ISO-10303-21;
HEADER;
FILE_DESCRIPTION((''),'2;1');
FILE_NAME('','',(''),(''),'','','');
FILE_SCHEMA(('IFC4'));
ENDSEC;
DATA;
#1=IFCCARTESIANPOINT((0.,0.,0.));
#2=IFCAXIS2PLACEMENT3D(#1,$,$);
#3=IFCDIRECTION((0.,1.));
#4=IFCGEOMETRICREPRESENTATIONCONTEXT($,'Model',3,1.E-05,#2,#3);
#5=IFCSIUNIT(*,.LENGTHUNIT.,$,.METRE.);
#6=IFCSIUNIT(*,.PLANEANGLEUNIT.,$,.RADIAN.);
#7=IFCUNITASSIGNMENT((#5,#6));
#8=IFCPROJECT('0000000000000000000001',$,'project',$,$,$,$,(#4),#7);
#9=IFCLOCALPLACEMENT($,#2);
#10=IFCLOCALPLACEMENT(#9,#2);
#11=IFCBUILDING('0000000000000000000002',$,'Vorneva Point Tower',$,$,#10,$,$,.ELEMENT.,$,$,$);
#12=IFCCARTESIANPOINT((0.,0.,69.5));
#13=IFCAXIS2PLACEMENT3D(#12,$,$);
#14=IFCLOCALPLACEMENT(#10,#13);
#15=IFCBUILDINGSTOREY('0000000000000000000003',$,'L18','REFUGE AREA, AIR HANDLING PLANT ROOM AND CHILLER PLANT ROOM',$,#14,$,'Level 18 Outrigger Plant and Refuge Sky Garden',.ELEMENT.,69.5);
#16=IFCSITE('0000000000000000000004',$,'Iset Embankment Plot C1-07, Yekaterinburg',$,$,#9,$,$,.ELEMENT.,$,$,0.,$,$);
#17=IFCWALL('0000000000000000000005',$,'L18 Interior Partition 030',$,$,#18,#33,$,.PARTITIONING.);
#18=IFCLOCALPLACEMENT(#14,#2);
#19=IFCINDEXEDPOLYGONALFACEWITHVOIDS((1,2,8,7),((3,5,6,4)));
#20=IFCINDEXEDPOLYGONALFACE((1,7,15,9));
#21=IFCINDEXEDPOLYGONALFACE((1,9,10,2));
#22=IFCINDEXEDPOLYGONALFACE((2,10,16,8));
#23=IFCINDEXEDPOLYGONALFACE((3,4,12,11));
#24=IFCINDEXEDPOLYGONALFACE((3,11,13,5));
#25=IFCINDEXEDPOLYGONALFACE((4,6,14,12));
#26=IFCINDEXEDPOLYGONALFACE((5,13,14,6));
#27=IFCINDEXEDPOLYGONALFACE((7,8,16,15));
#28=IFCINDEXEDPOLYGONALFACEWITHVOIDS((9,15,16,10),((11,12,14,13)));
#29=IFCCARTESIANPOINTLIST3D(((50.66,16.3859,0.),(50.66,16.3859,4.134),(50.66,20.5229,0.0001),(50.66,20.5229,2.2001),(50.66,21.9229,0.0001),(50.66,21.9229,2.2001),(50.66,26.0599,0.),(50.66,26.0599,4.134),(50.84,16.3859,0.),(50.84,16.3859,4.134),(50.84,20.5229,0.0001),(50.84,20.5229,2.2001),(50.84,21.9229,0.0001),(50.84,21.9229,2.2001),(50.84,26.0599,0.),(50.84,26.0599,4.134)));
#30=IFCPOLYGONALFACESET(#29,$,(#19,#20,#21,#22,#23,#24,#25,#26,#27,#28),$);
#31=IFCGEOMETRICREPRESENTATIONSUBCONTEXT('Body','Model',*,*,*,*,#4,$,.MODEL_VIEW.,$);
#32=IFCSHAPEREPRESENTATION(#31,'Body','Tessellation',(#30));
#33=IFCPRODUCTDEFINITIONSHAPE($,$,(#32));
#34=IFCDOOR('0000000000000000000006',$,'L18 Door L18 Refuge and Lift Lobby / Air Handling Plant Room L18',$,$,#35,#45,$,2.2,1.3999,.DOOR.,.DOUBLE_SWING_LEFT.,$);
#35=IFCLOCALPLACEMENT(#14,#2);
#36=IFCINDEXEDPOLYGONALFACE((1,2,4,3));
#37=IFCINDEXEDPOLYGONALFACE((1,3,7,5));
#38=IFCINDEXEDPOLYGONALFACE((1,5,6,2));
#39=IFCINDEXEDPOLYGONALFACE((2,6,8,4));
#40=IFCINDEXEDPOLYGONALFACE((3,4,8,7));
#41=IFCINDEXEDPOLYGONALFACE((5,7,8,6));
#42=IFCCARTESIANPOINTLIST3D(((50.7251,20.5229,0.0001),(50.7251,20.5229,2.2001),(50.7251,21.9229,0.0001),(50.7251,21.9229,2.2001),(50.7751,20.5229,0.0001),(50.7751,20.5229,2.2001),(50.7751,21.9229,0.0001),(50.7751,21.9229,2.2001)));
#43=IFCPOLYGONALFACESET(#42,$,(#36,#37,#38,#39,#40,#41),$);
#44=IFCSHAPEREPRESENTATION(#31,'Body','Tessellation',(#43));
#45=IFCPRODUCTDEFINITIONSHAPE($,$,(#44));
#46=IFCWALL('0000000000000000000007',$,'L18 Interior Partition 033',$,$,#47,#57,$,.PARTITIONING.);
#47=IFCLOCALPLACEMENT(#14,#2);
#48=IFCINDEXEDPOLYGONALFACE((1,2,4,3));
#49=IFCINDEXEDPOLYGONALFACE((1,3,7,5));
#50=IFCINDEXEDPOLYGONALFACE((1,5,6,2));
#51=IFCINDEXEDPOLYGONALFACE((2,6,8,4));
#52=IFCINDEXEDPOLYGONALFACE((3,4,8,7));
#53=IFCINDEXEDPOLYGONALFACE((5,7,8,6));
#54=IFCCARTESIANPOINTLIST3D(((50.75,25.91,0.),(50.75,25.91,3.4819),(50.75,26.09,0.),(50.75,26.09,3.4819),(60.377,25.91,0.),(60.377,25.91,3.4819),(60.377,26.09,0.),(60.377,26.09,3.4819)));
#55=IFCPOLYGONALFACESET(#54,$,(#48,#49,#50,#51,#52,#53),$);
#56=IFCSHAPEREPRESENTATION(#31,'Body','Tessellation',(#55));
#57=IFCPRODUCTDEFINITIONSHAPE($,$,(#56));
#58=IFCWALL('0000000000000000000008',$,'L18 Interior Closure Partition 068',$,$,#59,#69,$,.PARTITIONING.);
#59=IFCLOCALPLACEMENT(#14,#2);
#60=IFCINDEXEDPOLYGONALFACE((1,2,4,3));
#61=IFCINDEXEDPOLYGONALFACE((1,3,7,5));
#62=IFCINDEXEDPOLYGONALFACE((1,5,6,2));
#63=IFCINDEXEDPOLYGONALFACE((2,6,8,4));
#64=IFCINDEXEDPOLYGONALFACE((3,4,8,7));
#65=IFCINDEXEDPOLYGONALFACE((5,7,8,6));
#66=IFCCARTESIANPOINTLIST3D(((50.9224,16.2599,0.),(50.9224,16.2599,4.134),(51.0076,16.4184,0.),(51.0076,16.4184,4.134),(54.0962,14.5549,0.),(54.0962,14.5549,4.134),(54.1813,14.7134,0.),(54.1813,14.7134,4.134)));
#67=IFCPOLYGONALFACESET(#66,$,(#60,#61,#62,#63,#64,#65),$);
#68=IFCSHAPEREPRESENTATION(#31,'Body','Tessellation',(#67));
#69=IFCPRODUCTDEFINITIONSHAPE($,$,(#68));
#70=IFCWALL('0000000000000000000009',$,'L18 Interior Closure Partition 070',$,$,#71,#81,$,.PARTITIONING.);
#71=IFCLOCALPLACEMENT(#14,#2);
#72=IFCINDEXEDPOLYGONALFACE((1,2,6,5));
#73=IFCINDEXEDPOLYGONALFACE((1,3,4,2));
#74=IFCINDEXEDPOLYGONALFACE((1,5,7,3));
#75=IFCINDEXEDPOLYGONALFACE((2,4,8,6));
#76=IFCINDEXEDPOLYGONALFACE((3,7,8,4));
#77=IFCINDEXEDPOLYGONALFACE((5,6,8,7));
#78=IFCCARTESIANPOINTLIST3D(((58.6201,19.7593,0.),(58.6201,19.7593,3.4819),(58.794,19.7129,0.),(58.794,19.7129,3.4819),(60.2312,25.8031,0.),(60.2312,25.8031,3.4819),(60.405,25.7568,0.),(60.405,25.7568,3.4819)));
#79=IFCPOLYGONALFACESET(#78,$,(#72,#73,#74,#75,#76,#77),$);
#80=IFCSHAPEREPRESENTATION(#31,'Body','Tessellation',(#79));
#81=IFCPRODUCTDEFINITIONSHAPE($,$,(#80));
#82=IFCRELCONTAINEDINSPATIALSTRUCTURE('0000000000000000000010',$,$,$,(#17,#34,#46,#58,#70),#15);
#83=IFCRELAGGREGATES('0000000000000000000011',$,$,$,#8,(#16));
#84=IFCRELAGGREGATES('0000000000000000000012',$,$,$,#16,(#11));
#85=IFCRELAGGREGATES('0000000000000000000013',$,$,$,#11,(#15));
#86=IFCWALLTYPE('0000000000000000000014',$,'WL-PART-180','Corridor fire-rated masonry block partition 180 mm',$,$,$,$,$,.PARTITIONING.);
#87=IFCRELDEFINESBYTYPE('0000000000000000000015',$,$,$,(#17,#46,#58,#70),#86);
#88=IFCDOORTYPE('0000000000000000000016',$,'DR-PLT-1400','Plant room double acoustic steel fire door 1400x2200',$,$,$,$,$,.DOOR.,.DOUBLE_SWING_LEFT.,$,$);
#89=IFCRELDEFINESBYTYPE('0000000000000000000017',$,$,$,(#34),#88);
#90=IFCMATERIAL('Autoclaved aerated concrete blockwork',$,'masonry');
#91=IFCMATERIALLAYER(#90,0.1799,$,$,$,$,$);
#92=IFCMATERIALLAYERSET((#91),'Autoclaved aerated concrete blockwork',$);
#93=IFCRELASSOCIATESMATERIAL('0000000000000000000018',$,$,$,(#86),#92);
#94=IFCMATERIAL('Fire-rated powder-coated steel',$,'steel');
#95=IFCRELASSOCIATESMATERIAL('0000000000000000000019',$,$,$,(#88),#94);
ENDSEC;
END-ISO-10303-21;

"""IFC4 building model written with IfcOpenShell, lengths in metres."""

from ifc_helpers import new_model, si_unit, direction, frame, frame_2d, origin, place, context, subcontext, project, spatial, rectangle, extrude, material, layer, layer_set, type_object, element, fill, save


model = new_model("IFC4")

# Units and contexts
model_context = context("Model", 3, precision=1e-05, world=origin(), true_north=direction((0.0, 1.0)))
body_context = subcontext(model_context, "Body", "Model", "MODEL_VIEW")
ifc_project = project(units=[si_unit("LENGTHUNIT", "METRE"), si_unit("PLANEANGLEUNIT", "RADIAN")], contexts=[model_context])

# Site, building, storey
site_placement = place(None, origin())
site = spatial("IfcSite", under=ifc_project, at=site_placement, Name="Iset Embankment Plot C1-07, Yekaterinburg", CompositionType="ELEMENT", RefElevation=0.0)
building_placement = place(site_placement, origin())
building = spatial("IfcBuilding", under=site, at=building_placement, Name="Vorneva Point Tower", CompositionType="ELEMENT")
storey_placement = place(building_placement, frame((0.0, 0.0, 69.5)))
storey = spatial("IfcBuildingStorey", under=building, at=storey_placement, Name="L18", Description="REFUGE AREA, AIR HANDLING PLANT ROOM AND CHILLER PLANT ROOM", LongName="Level 18 Outrigger Plant and Refuge Sky Garden", CompositionType="ELEMENT", Elevation=69.5)

# Wall, opening, door
ifc_material_1 = material(Name="Autoclaved aerated concrete blockwork", Category="masonry")
ifc_layer_1 = layer(ifc_material_1, 0.1799)
ifc_layer_set_1 = layer_set([ifc_layer_1], Name="Autoclaved aerated concrete blockwork")
wall_type_1 = type_object("IfcWallType", Name="WL-PART-180", Description="Corridor fire-rated masonry block partition 180 mm", PredefinedType="PARTITIONING", material=ifc_layer_set_1)
wall_1_placement = place(storey_placement, frame((50.75, 16.386, 0.0), z_axis=(0.0, 0.0, 1.0), x_axis=(0.0, 1.0, 0.0)))
wall_1 = element("IfcWall", 1, at=wall_1_placement, inside=storey, type_object=wall_type_1, Name="L18 Interior Partition 030", PredefinedType="PARTITIONING", context=body_context, shape_type="SweptSolid", body=[
    extrude(rectangle(XDim=9.6741, YDim=0.1799, at=frame_2d((4.8369, 0.0))), origin(), (0.0, 0.0, 1.0), 4.134),
])
opening_placement = place(wall_1_placement, frame((4.137, 0.0, 0.0)))
opening = element("IfcOpeningElement", 2, at=opening_placement, cuts=wall_1, PredefinedType="OPENING", context=body_context, shape_type="SweptSolid", body=[
    extrude(rectangle(XDim=1.3999, YDim=2.2, at=frame_2d((0.7, 1.1001))), frame((0.0, 0.105, 0.0), z_axis=(0.0, -1.0, 0.0), x_axis=(1.0, 0.0, 0.0)), (0.0, 0.0, 1.0), 0.2097),
])
ifc_material_2 = material(Name="Fire-rated powder-coated steel", Category="steel")
door_type = type_object("IfcDoorType", Name="DR-PLT-1400", Description="Plant room double acoustic steel fire door 1400x2200", OperationType="DOUBLE_SWING_LEFT", PredefinedType="DOOR", material=ifc_material_2)
door_placement = place(opening_placement, origin())
door = element("IfcDoor", 3, at=door_placement, inside=storey, type_object=door_type, Name="L18 Door L18 Refuge and Lift Lobby / Air Handling Plant Room L18", OperationType="DOUBLE_SWING_LEFT", OverallHeight=2.2, OverallWidth=1.3999, PredefinedType="DOOR", context=body_context, shape_type="SweptSolid", body=[
    extrude(rectangle(XDim=1.3999, YDim=2.2, at=frame_2d((0.7, 1.1001))), frame((0.0, 0.0249, 0.0), z_axis=(0.0, -1.0, 0.0), x_axis=(1.0, 0.0, 0.0)), (0.0, 0.0, 1.0), 0.05),
])
fill(opening, door)

# Walls
wall_2_placement = place(storey_placement, frame((60.377, 26.0, 0.0), z_axis=(0.0, 0.0, 1.0), x_axis=(-1.0, 0.0, 0.0)))
element("IfcWall", 4, at=wall_2_placement, inside=storey, type_object=wall_type_1, Name="L18 Interior Partition 033", PredefinedType="PARTITIONING", context=body_context, shape_type="SweptSolid", body=[
    extrude(rectangle(XDim=9.627, YDim=0.1799, at=frame_2d((4.8135, 0.0))), origin(), (0.0, 0.0, 1.0), 3.4819),
])
wall_3_placement = place(storey_placement, frame((50.9651, 16.3391, 0.0), z_axis=(0.0, 0.0, 1.0), x_axis=(0.880923, -0.473259, 0.0)))
element("IfcWall", 5, at=wall_3_placement, inside=storey, type_object=wall_type_1, Name="L18 Interior Closure Partition 068", PredefinedType="PARTITIONING", context=body_context, shape_type="SweptSolid", body=[
    extrude(rectangle(XDim=3.6028, YDim=0.1799, at=frame_2d((1.8013, 0.0))), origin(), (0.0, 0.0, 1.0), 4.134),
])
wall_4_placement = place(storey_placement, frame((58.707, 19.7361, 0.0), z_axis=(0.0, 0.0, 1.0), x_axis=(0.257568, 0.96626, 0.0)))
element("IfcWall", 6, at=wall_4_placement, inside=storey, type_object=wall_type_1, Name="L18 Interior Closure Partition 070", PredefinedType="PARTITIONING", context=body_context, shape_type="SweptSolid", body=[
    extrude(rectangle(XDim=6.2549, YDim=0.1799, at=frame_2d((3.1274, 0.0))), origin(), (0.0, 0.0, 1.0), 3.4819),
])

save(model, "model.ifc")
